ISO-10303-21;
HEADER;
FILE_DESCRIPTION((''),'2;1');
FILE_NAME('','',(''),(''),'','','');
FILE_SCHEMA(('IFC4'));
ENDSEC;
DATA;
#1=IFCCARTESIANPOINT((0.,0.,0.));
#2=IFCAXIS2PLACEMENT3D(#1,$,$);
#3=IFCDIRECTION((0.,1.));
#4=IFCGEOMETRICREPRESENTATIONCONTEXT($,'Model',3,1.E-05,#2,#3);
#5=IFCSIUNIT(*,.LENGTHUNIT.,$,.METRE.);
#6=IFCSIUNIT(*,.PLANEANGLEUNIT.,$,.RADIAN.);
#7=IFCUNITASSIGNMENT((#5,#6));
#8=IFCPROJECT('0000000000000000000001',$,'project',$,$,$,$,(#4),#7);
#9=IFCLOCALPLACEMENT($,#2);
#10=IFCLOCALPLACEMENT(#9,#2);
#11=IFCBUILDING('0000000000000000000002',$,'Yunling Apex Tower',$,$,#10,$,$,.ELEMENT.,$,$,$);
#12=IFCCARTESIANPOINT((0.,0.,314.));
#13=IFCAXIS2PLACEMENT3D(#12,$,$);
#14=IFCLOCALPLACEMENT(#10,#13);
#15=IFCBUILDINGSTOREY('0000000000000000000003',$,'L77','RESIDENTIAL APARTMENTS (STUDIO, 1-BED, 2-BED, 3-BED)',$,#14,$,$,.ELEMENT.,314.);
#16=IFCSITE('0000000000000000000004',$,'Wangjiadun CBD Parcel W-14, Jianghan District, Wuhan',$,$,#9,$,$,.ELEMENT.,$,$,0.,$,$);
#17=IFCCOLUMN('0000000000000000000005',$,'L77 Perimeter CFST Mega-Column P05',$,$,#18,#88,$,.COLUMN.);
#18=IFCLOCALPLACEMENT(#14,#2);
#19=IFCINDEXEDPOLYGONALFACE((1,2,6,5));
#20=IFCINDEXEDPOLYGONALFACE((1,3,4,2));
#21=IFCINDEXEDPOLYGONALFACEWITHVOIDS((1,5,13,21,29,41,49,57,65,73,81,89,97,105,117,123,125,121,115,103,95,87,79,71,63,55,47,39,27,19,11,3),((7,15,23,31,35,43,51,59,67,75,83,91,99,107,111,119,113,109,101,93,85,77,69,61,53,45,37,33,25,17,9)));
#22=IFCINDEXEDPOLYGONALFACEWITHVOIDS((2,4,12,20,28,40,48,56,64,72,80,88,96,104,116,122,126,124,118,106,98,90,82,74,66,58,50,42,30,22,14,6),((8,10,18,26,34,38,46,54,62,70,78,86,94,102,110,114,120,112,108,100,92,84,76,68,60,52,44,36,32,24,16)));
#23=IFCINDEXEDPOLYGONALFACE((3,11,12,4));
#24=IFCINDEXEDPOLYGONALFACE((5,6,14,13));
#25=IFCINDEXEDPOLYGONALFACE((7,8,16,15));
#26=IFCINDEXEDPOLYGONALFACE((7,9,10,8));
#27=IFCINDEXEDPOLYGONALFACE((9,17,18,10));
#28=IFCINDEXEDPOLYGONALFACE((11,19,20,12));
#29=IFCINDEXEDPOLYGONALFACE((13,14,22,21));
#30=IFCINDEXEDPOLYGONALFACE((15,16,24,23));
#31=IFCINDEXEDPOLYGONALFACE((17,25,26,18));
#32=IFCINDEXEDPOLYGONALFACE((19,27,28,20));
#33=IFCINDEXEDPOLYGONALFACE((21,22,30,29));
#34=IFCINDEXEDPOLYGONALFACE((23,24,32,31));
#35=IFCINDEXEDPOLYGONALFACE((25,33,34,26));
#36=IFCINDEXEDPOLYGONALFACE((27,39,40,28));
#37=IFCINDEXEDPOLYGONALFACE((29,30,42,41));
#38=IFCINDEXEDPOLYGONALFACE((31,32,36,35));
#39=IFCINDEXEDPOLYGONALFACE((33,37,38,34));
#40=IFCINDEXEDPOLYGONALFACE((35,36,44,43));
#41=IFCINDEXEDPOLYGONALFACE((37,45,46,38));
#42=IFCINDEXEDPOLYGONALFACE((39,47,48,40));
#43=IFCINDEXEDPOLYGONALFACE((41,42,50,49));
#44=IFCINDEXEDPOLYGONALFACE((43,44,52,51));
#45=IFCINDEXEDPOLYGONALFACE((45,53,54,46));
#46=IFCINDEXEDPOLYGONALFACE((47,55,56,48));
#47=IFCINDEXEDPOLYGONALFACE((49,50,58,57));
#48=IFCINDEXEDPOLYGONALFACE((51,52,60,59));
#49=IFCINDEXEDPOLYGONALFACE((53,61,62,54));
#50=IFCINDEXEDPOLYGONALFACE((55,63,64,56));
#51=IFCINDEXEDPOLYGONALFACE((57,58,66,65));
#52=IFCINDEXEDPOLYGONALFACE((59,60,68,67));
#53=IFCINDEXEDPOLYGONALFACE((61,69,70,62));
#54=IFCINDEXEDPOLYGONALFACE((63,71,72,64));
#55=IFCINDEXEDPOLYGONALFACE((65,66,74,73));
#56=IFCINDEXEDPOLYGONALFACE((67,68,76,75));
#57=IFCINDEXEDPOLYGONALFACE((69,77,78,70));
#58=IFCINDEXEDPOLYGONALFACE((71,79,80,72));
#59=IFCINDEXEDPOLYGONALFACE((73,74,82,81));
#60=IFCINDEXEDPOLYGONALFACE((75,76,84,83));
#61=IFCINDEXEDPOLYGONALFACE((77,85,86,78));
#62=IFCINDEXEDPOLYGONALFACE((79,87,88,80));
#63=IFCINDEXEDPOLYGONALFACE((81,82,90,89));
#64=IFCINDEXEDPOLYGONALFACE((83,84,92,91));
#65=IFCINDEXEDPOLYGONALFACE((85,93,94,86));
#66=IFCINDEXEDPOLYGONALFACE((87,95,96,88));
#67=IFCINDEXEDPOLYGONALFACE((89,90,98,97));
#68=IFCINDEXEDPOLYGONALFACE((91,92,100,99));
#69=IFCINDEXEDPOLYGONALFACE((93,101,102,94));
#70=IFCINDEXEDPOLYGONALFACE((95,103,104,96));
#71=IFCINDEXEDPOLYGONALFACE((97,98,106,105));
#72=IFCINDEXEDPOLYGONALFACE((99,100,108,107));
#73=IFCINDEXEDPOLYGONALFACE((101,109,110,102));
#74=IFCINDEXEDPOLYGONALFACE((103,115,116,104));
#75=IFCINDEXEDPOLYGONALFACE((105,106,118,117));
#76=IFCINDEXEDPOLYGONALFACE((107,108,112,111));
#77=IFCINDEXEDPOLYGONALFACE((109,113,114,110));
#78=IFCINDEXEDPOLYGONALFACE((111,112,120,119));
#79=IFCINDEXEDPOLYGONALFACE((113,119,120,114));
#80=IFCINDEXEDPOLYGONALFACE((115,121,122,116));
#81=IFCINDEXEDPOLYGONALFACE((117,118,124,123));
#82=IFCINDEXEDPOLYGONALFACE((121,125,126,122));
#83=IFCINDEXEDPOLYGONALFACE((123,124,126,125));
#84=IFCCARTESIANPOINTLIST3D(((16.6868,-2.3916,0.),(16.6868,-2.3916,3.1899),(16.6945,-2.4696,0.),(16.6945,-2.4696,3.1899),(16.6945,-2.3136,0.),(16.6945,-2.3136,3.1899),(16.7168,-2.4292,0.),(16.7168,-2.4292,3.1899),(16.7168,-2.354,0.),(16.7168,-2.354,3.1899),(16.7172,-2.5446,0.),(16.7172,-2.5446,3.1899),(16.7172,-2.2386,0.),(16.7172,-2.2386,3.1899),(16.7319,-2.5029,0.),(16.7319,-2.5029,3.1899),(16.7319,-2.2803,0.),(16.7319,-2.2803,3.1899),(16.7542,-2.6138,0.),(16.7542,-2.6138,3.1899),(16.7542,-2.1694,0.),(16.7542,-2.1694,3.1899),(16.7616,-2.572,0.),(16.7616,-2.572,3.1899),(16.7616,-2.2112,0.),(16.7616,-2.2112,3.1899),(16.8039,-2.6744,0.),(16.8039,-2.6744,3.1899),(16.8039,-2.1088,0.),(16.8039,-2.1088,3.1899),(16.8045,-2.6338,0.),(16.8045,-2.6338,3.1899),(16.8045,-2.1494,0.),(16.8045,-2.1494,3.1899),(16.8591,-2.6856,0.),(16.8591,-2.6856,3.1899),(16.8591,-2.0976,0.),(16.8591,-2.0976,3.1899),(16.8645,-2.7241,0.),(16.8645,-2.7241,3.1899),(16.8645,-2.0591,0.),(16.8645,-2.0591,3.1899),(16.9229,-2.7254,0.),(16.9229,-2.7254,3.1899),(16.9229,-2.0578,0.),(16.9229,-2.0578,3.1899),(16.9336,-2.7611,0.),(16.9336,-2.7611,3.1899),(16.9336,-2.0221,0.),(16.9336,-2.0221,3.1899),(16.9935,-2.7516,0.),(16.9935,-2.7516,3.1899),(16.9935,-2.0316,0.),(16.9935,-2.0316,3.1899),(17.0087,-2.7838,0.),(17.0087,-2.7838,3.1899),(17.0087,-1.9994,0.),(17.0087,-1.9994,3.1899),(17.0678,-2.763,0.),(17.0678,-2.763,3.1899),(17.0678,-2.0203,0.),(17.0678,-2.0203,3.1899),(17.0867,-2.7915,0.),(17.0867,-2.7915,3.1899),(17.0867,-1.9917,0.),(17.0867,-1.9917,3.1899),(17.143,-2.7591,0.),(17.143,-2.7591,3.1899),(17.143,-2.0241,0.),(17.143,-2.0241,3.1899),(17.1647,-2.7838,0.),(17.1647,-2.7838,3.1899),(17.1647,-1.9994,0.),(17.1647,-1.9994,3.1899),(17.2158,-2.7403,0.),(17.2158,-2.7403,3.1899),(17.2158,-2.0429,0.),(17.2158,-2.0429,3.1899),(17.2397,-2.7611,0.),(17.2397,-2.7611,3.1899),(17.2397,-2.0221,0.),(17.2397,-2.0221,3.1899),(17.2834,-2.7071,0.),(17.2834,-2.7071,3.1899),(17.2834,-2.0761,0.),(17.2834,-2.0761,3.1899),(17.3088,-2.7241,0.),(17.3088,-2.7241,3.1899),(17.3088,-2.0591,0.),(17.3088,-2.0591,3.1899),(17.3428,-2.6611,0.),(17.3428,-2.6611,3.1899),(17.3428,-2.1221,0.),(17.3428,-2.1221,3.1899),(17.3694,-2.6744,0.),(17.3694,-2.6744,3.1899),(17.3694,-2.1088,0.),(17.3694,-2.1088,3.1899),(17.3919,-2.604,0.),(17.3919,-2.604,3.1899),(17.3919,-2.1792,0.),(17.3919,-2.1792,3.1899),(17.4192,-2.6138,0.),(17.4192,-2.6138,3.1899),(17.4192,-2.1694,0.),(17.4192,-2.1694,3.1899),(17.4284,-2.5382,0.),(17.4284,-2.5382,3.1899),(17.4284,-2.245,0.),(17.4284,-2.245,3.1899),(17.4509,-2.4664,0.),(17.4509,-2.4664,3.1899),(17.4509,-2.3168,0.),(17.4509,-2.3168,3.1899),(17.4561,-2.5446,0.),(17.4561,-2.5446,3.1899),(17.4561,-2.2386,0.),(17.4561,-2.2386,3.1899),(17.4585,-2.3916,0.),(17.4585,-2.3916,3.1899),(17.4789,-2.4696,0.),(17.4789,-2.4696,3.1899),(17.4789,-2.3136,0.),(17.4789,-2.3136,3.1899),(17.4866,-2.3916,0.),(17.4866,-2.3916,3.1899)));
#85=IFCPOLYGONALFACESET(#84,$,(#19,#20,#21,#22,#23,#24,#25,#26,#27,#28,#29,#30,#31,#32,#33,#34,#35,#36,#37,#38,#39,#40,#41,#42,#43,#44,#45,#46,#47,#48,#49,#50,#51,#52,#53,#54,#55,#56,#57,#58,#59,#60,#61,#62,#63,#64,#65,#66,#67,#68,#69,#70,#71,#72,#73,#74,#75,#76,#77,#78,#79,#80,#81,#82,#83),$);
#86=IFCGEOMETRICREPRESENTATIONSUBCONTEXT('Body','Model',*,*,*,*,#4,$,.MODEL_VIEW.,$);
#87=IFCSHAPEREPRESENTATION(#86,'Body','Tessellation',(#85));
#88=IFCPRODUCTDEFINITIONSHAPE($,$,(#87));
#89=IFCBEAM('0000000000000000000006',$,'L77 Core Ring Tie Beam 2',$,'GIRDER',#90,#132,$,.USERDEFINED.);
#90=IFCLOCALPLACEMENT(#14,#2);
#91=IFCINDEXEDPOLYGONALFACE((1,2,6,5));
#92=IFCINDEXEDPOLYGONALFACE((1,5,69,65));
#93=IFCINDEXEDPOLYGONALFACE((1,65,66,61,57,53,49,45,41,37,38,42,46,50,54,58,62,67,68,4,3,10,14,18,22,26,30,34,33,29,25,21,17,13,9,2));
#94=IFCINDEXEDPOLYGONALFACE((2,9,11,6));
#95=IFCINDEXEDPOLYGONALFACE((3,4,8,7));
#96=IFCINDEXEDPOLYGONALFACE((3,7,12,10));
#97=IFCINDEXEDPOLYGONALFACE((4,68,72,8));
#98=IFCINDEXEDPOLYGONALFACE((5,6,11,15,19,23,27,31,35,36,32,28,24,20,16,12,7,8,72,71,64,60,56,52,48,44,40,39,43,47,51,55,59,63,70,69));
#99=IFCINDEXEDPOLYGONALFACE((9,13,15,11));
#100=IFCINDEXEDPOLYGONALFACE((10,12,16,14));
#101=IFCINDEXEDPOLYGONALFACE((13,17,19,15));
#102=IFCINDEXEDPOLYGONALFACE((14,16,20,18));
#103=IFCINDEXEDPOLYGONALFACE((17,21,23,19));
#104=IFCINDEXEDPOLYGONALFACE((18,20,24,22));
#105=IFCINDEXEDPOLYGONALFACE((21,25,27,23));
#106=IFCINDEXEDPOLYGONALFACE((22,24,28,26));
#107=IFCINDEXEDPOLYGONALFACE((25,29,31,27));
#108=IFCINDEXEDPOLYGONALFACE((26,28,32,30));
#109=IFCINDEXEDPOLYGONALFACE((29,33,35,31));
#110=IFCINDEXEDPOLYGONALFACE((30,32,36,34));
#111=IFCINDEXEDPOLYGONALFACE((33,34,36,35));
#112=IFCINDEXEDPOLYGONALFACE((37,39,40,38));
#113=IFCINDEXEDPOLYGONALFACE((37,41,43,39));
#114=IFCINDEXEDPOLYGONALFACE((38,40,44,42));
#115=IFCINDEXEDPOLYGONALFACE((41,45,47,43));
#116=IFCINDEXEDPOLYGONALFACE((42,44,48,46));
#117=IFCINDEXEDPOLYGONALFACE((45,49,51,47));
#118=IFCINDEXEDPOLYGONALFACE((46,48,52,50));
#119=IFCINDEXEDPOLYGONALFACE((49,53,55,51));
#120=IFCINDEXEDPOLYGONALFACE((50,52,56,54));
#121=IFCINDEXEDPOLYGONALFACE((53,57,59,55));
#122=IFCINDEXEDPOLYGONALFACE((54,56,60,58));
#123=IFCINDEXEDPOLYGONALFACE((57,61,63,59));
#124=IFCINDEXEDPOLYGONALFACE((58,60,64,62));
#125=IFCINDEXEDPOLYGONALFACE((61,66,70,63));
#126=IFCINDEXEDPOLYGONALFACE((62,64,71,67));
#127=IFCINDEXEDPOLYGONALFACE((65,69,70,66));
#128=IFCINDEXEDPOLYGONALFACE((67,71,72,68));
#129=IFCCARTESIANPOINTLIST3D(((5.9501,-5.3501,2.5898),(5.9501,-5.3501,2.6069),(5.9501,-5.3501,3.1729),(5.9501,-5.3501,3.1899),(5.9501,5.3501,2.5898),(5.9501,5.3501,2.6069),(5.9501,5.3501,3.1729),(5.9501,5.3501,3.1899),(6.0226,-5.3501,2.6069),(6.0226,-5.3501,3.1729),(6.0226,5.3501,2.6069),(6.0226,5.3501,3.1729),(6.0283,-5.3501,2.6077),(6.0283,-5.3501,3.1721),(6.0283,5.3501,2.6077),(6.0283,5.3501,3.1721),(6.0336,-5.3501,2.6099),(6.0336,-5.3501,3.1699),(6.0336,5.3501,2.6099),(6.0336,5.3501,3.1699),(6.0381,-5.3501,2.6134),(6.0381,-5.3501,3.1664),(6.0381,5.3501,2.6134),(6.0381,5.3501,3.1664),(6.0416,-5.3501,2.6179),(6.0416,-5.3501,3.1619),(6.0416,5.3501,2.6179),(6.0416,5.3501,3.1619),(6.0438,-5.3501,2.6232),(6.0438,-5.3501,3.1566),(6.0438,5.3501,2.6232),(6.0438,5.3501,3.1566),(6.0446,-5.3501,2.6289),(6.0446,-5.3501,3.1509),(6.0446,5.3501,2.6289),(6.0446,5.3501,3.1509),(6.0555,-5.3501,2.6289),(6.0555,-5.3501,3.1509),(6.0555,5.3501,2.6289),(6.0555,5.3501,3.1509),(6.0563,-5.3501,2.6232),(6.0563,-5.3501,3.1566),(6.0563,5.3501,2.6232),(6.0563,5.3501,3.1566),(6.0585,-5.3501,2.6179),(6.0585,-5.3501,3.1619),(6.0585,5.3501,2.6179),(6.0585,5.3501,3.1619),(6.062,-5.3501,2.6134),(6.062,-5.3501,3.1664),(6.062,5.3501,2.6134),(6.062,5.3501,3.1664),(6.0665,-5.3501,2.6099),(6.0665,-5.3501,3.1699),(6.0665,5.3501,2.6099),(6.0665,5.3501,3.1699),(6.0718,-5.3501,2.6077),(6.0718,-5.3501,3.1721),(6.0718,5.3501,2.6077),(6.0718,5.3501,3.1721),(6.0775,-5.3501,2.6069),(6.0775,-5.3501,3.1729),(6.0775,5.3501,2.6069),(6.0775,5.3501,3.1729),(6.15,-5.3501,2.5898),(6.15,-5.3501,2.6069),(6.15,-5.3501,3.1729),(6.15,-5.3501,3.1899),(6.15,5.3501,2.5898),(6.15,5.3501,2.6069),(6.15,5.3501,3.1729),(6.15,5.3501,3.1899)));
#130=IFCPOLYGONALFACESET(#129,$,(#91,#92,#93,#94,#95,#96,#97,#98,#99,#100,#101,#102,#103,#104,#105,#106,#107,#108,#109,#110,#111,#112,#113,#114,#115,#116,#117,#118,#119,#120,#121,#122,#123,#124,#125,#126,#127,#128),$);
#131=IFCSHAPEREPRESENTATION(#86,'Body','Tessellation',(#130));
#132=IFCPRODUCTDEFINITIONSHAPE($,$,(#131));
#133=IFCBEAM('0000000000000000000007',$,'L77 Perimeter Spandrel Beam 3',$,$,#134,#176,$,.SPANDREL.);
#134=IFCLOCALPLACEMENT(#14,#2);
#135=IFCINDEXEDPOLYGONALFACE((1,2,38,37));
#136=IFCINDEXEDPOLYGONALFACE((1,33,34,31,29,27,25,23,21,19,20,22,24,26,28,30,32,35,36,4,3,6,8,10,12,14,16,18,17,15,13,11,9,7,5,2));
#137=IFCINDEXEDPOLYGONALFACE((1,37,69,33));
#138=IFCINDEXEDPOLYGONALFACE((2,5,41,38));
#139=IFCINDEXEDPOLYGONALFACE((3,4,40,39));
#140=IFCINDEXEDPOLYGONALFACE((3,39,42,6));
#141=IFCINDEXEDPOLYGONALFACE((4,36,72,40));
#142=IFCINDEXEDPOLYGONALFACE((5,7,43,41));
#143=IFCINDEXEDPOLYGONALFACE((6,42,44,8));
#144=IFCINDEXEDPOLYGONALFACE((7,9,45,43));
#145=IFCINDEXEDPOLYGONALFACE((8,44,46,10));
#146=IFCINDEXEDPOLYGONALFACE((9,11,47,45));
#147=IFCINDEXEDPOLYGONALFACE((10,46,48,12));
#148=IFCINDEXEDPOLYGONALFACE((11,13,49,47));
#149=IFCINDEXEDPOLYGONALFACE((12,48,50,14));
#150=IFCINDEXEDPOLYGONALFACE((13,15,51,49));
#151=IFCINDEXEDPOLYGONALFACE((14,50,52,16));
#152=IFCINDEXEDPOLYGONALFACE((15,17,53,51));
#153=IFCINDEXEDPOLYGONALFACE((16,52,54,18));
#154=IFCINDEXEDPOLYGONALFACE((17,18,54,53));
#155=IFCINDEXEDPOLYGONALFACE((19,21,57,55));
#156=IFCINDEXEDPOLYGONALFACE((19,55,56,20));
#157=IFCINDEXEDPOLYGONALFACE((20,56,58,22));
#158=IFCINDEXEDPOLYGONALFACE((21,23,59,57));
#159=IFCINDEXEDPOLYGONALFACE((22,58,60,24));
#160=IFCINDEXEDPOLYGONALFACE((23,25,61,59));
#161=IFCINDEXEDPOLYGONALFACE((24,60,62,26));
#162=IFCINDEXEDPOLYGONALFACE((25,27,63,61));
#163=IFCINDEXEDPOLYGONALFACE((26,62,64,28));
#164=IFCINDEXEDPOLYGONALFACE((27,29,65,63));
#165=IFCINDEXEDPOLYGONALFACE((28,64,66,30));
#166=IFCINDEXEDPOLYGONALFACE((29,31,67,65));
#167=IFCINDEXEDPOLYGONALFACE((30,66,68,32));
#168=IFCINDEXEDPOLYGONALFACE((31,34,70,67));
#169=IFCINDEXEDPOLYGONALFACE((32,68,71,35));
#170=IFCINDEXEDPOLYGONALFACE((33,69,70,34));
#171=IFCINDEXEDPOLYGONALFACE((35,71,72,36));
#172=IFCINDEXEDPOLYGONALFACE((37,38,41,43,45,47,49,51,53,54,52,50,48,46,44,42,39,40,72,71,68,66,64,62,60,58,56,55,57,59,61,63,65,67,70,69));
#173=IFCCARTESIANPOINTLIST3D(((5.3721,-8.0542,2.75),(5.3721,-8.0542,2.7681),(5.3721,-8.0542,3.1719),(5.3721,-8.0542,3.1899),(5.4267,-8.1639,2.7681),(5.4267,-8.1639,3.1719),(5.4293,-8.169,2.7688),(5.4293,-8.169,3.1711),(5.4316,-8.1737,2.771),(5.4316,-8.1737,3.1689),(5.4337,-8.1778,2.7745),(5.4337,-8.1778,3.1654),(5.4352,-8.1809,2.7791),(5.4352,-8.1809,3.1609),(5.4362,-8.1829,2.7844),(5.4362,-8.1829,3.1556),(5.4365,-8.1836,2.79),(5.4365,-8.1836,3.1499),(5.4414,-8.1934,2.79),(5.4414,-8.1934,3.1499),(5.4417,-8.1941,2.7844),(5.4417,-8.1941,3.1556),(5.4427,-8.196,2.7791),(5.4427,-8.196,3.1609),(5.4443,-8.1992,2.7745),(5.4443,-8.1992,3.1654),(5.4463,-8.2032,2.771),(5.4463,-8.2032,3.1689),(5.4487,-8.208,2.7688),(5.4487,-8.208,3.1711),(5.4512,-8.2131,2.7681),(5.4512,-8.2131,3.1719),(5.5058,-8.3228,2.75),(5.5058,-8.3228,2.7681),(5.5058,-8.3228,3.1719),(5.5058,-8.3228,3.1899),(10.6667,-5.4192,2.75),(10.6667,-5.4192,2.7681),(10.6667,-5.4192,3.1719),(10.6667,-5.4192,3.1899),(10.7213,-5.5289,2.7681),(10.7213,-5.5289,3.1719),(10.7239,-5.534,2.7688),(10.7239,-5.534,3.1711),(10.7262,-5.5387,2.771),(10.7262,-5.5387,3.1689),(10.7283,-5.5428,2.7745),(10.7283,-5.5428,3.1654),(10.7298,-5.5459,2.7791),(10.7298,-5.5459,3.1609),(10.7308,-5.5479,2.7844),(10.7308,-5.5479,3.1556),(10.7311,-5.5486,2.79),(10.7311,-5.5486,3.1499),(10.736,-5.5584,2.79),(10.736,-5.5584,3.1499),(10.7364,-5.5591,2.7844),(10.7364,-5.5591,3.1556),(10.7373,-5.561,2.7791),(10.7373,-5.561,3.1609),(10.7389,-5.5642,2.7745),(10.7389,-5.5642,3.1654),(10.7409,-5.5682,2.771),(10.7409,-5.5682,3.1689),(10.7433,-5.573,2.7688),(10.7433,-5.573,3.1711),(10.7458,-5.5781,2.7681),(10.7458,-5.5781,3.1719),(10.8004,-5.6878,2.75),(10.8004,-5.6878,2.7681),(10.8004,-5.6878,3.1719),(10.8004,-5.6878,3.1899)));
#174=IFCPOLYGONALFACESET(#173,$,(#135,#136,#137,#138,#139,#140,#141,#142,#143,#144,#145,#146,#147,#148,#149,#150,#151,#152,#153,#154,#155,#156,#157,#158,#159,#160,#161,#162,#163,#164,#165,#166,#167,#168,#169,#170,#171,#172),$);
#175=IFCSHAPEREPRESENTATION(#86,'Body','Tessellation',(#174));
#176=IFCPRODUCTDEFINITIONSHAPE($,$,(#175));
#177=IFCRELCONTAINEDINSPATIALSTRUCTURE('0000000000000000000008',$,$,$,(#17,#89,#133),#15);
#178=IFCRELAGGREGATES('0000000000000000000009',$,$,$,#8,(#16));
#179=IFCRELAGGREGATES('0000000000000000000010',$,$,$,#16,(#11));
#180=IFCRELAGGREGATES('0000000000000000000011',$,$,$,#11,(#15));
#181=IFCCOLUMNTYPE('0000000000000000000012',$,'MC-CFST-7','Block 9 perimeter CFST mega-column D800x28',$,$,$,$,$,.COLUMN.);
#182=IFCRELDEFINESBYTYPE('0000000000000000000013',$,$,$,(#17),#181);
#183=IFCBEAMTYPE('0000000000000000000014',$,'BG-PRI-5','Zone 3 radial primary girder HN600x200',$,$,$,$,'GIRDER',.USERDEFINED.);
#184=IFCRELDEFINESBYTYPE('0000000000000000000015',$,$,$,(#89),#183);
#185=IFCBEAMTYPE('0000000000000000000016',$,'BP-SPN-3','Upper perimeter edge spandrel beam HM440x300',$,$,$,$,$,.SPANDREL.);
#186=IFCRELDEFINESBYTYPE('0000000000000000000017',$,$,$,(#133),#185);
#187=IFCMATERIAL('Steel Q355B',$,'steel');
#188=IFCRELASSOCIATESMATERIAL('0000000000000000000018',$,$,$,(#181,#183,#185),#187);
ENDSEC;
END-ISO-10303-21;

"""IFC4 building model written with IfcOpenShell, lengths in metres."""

from ifc_helpers import new_model, si_unit, direction, frame, origin, origin_2d, place, context, subcontext, project, spatial, hollow_circle, i_section, extrude, source, transform, mapped, material, material_profile, profile_set, type_object, element, save


model = new_model("IFC4")

# Units and contexts
model_context = context("Model", 3, precision=1e-05, world=origin(), true_north=direction((0.0, 1.0)))
body_context = subcontext(model_context, "Body", "Model", "MODEL_VIEW")
ifc_project = project(units=[si_unit("LENGTHUNIT", "METRE"), si_unit("PLANEANGLEUNIT", "RADIAN")], contexts=[model_context])

# Site, building, storey
site_placement = place(None, origin())
site = spatial("IfcSite", under=ifc_project, at=site_placement, Name="Wangjiadun CBD Parcel W-14, Jianghan District, Wuhan", CompositionType="ELEMENT", RefElevation=0.0)
building_placement = place(site_placement, origin())
building = spatial("IfcBuilding", under=site, at=building_placement, Name="Yunling Apex Tower", CompositionType="ELEMENT")
storey_placement = place(building_placement, frame((0.0, 0.0, 314.0)))
storey = spatial("IfcBuildingStorey", under=building, at=storey_placement, Name="L77", Description="RESIDENTIAL APARTMENTS (STUDIO, 1-BED, 2-BED, 3-BED)", CompositionType="ELEMENT", Elevation=314.0)

# Column
ifc_material_1 = material(Name="Steel Q355B", Category="steel")
ifc_material_profile_1 = material_profile(ifc_material_1, hollow_circle(Radius=0.3999, WallThickness=0.0281, at=origin_2d()))
ifc_profile_set_1 = profile_set([ifc_material_profile_1], Name="Steel Q355B")
column_type_1 = type_object("IfcColumnType", Name="MC-CFST-7", Description="Block 9 perimeter CFST mega-column D800x28", PredefinedType="COLUMN", material=ifc_profile_set_1)
shared_shape_1 = source(origin(), body_context, "Body", "SweptSolid", [
    extrude(hollow_circle(Radius=0.3999, WallThickness=0.0281, at=origin_2d()), origin(), (0.0, 0.0, 1.0), 3.1899),
])
for number, where, z_axis, x_axis, name in (
    (1, (17.0867, -2.3916, 0.0), (0.0, 0.0, 1.0), (1.0, 0.0, 0.0), "L77 Perimeter CFST Mega-Column P05"),
):
    element("IfcColumn", number, at=place(storey_placement, frame(where, z_axis=z_axis, x_axis=x_axis)), inside=storey, type_object=column_type_1, Name=name, PredefinedType="COLUMN", context=body_context, shape_type="MappedRepresentation", body=[
        mapped(shared_shape_1, transform((0.0, 0.0, 0.0), scale=1.0)),
    ])

# Beams
ifc_material_profile_2 = material_profile(ifc_material_1, i_section(OverallWidth=0.2, OverallDepth=0.6001, WebThickness=0.011, FlangeThickness=0.0171, FilletRadius=0.022, at=origin_2d()))
ifc_profile_set_2 = profile_set([ifc_material_profile_2], Name="Steel Q355B")
beam_type_1 = type_object("IfcBeamType", Name="BG-PRI-5", Description="Zone 3 radial primary girder HN600x200", ElementType="GIRDER", PredefinedType="USERDEFINED", material=ifc_profile_set_2)
shared_shape_2 = source(origin(), body_context, "Body", "SweptSolid", [
    extrude(i_section(OverallWidth=0.2, OverallDepth=0.6001, WebThickness=0.011, FlangeThickness=0.0171, FilletRadius=0.022, at=origin_2d()), origin(), (0.0, 0.0, 1.0), 10.7002),
])
beam_1_placement = place(storey_placement, frame((6.05, -5.3501, 2.8899), z_axis=(0.0, 1.0, 0.0), x_axis=(-1.0, 0.0, 0.0)))
element("IfcBeam", 2, at=beam_1_placement, inside=storey, type_object=beam_type_1, Name="L77 Core Ring Tie Beam 2", ObjectType="GIRDER", PredefinedType="USERDEFINED", context=body_context, shape_type="MappedRepresentation", body=[
    mapped(shared_shape_2, transform((0.0, 0.0, 0.0), scale=1.0)),
])
ifc_material_profile_3 = material_profile(ifc_material_1, i_section(OverallWidth=0.3, OverallDepth=0.4399, WebThickness=0.011, FlangeThickness=0.0181, FilletRadius=0.022, at=origin_2d()))
ifc_profile_set_3 = profile_set([ifc_material_profile_3], Name="Steel Q355B")
beam_type_2 = type_object("IfcBeamType", Name="BP-SPN-3", Description="Upper perimeter edge spandrel beam HM440x300", PredefinedType="SPANDREL", material=ifc_profile_set_3)
shared_shape_3 = source(origin(), body_context, "Body", "SweptSolid", [
    extrude(i_section(OverallWidth=0.3, OverallDepth=0.4399, WebThickness=0.011, FlangeThickness=0.0181, FilletRadius=0.022, at=origin_2d()), origin(), (0.0, 0.0, 1.0), 5.9141),
])
for number, where, z_axis, x_axis, name in (
    (3, (5.439, -8.1885, 2.97), (0.89526, 0.445545, 0.0), (-0.445545, 0.89526, 0.0), "L77 Perimeter Spandrel Beam 3"),
):
    element("IfcBeam", number, at=place(storey_placement, frame(where, z_axis=z_axis, x_axis=x_axis)), inside=storey, type_object=beam_type_2, Name=name, PredefinedType="SPANDREL", context=body_context, shape_type="MappedRepresentation", body=[
        mapped(shared_shape_3, transform((0.0, 0.0, 0.0), scale=1.0)),
    ])

save(model, "model.ifc")
